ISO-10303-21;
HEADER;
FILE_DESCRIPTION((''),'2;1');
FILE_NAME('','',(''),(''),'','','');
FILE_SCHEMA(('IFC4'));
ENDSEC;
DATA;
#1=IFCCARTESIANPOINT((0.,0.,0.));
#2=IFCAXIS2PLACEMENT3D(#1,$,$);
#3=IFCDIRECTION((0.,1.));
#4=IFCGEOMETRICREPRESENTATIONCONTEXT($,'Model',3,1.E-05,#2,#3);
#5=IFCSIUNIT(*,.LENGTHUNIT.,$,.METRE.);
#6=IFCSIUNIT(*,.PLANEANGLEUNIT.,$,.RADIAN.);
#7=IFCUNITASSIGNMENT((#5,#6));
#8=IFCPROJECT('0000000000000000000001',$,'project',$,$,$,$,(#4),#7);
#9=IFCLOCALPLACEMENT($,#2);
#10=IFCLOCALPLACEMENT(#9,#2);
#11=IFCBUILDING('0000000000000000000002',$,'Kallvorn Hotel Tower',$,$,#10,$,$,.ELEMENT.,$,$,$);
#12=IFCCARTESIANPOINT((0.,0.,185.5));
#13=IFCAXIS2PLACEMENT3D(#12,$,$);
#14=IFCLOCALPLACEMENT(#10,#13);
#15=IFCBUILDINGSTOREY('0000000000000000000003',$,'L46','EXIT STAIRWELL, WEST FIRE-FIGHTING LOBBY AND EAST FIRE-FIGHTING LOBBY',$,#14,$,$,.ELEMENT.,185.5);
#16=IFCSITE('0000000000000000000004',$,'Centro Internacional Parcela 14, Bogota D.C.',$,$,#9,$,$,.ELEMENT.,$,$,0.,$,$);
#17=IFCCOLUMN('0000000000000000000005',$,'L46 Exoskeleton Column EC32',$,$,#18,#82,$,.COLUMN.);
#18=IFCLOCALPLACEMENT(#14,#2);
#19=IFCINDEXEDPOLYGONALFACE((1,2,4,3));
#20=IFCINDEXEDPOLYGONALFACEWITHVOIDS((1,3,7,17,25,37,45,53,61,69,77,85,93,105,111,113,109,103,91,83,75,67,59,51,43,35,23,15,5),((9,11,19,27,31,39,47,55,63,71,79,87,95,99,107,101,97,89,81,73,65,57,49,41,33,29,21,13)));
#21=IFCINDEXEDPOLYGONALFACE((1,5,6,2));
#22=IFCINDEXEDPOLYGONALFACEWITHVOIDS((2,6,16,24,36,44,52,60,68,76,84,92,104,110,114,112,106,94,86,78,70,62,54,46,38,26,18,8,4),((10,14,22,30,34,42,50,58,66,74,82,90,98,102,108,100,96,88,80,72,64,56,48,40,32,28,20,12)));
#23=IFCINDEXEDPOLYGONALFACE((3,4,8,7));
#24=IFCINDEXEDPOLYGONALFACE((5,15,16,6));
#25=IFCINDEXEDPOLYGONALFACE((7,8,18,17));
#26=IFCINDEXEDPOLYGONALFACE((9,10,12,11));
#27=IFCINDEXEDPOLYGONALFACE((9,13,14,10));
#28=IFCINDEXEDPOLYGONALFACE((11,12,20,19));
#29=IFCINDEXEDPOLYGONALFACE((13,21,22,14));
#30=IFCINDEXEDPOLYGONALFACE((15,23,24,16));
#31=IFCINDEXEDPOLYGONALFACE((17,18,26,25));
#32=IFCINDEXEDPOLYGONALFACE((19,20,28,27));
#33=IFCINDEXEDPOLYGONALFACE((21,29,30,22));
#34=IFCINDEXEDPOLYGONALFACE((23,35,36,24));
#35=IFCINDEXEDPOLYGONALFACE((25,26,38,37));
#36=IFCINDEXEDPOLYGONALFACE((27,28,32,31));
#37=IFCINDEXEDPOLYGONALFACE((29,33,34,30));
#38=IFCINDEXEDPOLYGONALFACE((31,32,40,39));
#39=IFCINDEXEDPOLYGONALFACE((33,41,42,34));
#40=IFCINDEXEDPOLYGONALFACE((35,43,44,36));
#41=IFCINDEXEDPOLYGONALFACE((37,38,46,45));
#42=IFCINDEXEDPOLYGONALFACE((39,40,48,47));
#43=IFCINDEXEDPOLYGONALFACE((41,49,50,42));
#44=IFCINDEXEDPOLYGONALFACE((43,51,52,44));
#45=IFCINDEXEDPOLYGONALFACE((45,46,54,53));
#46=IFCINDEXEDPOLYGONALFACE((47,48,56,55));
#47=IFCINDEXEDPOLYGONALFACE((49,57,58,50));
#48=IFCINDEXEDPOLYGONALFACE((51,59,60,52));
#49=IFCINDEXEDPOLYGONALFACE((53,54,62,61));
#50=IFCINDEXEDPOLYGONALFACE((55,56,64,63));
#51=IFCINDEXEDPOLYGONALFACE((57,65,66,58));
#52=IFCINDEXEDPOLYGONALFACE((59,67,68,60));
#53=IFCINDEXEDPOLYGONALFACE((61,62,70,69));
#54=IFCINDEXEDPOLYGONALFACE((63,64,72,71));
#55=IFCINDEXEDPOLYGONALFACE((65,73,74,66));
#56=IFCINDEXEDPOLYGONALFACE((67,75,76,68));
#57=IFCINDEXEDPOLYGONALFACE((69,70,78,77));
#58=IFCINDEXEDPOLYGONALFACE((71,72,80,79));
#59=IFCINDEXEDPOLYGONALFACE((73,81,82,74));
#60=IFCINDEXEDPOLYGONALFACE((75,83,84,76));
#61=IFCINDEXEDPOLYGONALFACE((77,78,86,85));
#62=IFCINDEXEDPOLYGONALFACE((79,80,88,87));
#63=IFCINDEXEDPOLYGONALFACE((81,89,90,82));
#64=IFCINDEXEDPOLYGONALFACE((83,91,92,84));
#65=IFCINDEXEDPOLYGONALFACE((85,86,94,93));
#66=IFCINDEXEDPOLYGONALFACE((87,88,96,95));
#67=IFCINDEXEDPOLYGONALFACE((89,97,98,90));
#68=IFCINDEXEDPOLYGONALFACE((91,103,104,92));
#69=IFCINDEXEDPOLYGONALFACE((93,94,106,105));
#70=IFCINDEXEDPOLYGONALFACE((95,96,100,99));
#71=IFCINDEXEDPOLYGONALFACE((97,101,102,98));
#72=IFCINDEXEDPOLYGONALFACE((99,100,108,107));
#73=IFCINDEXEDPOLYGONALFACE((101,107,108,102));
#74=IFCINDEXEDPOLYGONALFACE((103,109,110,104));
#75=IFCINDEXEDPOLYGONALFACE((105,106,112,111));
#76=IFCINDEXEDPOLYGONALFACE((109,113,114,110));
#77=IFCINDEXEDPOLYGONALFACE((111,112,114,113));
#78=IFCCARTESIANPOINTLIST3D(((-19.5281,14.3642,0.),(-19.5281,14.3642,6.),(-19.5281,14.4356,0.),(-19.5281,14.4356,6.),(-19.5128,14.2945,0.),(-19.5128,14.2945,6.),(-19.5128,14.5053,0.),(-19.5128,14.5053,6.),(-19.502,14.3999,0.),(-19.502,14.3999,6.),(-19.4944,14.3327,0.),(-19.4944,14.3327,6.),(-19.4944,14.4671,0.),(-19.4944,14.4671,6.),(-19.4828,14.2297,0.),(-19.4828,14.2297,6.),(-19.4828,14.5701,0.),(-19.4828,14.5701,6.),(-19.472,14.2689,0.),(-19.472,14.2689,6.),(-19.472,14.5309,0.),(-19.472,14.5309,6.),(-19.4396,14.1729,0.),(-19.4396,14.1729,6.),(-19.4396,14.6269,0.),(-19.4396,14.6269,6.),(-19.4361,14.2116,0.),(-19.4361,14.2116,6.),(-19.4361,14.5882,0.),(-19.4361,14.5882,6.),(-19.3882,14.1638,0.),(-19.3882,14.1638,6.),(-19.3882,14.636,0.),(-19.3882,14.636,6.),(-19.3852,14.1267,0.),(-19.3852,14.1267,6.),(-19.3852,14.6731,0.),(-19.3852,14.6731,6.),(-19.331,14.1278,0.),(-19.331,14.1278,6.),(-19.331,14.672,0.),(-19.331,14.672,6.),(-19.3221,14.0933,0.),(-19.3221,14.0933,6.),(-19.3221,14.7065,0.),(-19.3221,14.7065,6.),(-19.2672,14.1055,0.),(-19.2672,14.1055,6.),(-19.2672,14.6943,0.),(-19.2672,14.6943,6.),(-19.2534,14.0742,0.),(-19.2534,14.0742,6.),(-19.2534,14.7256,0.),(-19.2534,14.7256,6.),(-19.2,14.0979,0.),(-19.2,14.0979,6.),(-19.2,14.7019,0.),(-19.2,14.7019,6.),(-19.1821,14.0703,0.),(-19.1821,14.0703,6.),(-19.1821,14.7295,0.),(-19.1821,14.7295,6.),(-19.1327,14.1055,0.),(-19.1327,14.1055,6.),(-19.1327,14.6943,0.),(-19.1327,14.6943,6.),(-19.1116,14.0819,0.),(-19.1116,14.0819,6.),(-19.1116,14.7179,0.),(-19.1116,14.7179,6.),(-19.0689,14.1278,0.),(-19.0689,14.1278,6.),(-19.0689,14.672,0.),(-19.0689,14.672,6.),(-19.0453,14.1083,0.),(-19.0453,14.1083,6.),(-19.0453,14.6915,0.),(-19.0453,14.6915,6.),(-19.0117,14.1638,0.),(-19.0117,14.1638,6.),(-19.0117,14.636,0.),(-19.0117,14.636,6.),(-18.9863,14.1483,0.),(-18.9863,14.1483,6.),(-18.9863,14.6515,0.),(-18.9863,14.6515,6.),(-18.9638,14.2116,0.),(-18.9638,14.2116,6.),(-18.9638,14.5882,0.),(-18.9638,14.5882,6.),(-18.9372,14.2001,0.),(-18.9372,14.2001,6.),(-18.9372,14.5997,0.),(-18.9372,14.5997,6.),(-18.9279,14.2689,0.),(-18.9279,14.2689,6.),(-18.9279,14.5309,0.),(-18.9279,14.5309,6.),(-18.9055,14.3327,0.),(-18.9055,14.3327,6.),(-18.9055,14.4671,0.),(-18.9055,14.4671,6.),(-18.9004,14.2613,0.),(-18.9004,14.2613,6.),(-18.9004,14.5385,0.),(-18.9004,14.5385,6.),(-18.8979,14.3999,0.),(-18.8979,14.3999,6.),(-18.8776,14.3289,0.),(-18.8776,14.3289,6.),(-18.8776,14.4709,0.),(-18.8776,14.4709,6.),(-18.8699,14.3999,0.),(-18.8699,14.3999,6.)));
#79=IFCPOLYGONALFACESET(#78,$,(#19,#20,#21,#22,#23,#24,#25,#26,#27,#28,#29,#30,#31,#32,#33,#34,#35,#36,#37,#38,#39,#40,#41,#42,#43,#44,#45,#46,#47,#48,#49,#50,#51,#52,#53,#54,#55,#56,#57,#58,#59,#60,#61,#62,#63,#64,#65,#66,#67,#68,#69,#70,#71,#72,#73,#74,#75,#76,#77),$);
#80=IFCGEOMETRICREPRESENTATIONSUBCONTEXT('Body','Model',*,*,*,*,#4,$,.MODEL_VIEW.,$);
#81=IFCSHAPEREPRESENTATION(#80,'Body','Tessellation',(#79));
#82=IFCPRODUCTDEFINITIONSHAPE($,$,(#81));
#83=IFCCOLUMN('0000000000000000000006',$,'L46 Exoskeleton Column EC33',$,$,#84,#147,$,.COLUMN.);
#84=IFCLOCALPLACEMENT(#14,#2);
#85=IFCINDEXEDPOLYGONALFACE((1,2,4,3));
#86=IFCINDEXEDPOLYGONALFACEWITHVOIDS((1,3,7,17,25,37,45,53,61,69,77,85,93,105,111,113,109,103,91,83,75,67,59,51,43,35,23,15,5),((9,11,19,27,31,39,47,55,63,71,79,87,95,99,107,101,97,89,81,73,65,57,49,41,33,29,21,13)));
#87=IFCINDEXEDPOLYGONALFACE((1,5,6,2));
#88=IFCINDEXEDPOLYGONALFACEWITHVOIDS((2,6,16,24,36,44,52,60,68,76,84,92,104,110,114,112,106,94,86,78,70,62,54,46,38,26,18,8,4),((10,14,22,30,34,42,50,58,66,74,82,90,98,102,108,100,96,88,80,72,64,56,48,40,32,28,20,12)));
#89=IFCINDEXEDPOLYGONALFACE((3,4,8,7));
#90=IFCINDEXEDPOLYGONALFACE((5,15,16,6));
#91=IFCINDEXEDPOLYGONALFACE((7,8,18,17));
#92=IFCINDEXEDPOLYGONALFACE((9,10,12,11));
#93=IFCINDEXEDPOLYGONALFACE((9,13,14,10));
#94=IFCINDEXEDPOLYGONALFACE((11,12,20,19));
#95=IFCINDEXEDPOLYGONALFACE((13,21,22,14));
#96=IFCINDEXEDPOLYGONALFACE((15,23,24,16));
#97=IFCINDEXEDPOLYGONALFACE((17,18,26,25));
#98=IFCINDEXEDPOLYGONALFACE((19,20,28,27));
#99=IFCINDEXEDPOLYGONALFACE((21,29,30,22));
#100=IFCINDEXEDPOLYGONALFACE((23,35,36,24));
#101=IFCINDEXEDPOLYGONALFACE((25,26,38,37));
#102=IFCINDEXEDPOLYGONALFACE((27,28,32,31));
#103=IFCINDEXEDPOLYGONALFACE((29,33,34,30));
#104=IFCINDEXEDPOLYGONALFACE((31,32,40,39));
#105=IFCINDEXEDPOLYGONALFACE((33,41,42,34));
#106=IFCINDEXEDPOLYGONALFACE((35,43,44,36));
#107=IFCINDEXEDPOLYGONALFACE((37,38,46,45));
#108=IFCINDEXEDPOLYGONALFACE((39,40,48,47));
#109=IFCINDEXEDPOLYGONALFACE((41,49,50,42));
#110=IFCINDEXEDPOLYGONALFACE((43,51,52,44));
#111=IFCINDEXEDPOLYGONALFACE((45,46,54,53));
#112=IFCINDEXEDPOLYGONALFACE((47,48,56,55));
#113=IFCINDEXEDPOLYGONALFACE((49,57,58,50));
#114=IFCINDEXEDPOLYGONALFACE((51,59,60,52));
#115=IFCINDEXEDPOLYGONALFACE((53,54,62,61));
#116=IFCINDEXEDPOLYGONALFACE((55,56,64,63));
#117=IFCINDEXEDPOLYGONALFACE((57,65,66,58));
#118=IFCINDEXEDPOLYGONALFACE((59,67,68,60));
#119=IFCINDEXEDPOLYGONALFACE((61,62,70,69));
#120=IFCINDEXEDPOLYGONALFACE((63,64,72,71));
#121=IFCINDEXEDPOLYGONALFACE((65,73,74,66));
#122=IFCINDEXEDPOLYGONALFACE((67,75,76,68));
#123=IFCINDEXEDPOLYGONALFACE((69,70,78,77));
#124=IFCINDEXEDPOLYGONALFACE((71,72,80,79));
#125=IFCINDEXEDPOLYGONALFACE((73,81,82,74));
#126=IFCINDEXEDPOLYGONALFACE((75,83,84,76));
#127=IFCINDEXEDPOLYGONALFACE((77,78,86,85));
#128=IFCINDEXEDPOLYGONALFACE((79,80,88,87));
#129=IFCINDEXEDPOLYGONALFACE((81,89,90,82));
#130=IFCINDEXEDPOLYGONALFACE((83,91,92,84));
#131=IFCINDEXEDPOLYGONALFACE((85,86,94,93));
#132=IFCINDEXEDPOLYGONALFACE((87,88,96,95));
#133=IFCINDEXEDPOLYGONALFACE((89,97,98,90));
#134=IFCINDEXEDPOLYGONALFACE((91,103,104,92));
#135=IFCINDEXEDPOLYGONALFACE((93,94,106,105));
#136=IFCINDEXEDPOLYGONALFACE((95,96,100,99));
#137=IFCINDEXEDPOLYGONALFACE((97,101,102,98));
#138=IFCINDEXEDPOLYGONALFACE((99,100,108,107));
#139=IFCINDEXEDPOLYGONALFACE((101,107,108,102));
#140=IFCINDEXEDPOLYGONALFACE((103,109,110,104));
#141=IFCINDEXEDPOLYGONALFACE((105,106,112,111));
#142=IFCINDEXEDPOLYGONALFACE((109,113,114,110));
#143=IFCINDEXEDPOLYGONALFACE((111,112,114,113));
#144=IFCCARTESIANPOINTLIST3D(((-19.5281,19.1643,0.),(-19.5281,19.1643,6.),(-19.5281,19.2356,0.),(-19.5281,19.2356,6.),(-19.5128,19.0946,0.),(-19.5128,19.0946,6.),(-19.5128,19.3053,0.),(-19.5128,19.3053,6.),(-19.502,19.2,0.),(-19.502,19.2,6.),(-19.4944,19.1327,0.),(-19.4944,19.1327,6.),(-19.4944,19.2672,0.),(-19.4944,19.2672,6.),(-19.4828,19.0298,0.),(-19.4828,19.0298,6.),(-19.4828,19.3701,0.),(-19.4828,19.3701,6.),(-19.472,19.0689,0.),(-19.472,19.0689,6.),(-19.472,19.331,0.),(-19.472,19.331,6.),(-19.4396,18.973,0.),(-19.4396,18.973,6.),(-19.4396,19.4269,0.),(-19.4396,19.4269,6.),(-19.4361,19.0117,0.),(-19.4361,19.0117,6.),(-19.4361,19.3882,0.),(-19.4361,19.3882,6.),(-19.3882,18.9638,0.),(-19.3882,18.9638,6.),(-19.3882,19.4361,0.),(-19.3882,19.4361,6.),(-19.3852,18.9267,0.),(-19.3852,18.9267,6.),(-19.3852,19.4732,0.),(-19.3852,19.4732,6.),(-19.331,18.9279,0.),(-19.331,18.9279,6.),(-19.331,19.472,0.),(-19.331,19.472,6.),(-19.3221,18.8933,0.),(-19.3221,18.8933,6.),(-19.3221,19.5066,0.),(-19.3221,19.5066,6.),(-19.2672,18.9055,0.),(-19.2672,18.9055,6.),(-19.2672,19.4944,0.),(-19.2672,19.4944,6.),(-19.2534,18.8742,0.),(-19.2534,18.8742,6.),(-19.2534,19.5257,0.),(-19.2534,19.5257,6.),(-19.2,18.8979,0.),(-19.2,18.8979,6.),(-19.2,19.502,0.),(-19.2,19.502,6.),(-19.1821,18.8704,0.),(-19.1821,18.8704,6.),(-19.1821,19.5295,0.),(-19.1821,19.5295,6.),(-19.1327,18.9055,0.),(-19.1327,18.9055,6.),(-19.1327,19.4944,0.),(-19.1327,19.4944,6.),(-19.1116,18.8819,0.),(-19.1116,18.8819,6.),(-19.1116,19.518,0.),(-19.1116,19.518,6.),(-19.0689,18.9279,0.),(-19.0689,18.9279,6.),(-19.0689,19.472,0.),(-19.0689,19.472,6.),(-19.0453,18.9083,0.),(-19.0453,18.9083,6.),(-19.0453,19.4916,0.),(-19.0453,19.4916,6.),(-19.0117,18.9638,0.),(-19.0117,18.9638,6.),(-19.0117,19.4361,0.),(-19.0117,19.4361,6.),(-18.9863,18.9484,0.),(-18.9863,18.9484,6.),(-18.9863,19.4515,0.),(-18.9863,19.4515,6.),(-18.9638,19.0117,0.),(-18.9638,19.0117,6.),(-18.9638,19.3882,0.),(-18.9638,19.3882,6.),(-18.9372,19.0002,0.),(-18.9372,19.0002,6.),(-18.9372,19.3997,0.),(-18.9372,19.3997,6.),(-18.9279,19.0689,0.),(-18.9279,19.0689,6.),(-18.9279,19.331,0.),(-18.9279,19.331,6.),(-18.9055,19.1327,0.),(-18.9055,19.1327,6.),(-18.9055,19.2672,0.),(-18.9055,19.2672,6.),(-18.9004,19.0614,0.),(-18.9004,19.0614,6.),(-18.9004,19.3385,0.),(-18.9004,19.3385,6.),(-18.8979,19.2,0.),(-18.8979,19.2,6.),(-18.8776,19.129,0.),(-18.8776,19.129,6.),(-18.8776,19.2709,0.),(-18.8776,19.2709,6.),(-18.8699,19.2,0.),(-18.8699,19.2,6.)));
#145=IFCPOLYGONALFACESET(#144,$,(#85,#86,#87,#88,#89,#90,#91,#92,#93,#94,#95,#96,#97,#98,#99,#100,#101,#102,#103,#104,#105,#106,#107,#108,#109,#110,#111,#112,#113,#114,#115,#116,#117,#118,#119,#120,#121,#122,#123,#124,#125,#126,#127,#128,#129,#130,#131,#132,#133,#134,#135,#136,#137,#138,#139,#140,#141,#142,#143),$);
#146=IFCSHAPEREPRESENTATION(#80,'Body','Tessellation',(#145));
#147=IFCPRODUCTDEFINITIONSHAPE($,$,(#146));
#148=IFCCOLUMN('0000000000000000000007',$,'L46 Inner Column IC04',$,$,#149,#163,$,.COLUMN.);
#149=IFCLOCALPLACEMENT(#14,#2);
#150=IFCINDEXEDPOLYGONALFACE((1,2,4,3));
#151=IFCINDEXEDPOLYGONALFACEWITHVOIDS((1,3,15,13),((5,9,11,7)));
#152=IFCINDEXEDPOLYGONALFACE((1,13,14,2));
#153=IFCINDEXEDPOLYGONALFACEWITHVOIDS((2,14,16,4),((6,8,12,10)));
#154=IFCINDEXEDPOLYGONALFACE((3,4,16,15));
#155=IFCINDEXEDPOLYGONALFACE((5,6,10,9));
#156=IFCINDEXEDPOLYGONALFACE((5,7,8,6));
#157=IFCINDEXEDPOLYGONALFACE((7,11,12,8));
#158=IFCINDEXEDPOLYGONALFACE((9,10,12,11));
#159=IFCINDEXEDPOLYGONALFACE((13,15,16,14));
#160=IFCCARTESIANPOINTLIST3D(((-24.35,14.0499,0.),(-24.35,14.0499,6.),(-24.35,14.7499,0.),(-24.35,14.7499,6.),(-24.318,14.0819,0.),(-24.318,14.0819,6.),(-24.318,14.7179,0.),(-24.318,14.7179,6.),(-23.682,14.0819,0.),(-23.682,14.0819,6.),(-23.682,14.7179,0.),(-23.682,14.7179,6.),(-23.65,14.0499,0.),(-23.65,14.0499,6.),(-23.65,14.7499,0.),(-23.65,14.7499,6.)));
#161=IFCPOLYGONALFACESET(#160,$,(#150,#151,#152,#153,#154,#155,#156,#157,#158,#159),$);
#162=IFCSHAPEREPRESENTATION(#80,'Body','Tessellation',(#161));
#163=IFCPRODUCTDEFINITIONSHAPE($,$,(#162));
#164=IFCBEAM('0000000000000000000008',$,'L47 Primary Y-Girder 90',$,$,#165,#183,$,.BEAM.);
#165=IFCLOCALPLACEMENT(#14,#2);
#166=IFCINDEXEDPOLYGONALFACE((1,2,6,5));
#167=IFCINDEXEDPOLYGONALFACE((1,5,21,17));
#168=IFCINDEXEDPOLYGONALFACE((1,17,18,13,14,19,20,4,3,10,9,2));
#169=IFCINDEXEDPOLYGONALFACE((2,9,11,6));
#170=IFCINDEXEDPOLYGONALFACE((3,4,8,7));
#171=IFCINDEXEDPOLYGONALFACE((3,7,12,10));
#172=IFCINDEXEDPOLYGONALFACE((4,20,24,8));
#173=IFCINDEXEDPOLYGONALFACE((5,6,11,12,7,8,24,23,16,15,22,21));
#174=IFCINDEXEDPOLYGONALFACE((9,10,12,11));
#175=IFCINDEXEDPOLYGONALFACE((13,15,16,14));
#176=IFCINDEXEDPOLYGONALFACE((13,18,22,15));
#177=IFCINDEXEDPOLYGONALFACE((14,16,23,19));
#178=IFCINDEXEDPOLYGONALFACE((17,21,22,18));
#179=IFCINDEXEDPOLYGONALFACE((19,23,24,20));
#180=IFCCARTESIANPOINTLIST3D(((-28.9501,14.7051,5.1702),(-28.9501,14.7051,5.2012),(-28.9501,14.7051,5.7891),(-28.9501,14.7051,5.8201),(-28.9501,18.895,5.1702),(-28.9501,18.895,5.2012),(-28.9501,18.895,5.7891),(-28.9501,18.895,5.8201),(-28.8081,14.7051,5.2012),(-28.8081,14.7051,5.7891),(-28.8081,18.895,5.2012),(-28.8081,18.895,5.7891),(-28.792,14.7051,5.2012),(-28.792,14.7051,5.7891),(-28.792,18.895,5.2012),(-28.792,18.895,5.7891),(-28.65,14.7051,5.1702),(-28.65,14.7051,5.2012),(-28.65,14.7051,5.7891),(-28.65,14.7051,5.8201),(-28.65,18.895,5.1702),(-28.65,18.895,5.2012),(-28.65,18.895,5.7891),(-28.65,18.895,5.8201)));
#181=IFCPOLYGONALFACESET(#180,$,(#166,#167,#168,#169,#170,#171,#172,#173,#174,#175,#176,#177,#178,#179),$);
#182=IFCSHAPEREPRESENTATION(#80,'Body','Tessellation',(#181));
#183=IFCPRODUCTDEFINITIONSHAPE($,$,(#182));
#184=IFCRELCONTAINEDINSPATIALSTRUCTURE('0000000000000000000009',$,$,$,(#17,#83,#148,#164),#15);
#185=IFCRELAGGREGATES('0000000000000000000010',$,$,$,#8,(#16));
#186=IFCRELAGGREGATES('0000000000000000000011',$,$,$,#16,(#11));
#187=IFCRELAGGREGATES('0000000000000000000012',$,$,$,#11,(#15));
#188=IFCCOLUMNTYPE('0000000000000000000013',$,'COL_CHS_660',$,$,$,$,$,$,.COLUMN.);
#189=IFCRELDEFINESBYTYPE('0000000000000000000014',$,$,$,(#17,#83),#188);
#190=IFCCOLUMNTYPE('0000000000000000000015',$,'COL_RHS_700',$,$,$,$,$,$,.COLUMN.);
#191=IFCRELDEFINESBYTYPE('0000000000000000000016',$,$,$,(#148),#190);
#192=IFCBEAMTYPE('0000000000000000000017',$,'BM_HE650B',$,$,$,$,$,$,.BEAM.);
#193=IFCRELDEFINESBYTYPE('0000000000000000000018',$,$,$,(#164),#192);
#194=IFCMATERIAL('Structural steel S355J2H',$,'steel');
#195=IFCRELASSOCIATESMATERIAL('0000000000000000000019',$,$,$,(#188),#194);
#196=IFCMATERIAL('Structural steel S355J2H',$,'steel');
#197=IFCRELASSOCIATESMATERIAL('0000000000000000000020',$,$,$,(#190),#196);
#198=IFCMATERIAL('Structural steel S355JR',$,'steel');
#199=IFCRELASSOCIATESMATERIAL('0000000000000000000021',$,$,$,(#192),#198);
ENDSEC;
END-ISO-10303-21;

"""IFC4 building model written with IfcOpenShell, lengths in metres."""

from ifc_helpers import new_model, si_unit, direction, frame, origin, origin_2d, place, context, subcontext, project, spatial, hollow_rectangle, hollow_circle, i_section, extrude, material, material_profile, profile_set, type_object, element, save


model = new_model("IFC4")

# Units and contexts
model_context = context("Model", 3, precision=1e-05, world=origin(), true_north=direction((0.0, 1.0)))
body_context = subcontext(model_context, "Body", "Model", "MODEL_VIEW")
ifc_project = project(units=[si_unit("LENGTHUNIT", "METRE"), si_unit("PLANEANGLEUNIT", "RADIAN")], contexts=[model_context])

# Site, building, storey
site_placement = place(None, origin())
site = spatial("IfcSite", under=ifc_project, at=site_placement, Name="Centro Internacional Parcela 14, Bogota D.C.", CompositionType="ELEMENT", RefElevation=0.0)
building_placement = place(site_placement, origin())
building = spatial("IfcBuilding", under=site, at=building_placement, Name="Kallvorn Hotel Tower", CompositionType="ELEMENT")
storey_placement = place(building_placement, frame((0.0, 0.0, 185.5)))
storey = spatial("IfcBuildingStorey", under=building, at=storey_placement, Name="L46", Description="EXIT STAIRWELL, WEST FIRE-FIGHTING LOBBY AND EAST FIRE-FIGHTING LOBBY", CompositionType="ELEMENT", Elevation=185.5)

# Columns
ifc_material_1 = material(Name="Structural steel S355J2H", Category="steel")
ifc_material_profile_1 = material_profile(ifc_material_1, hollow_circle(Radius=0.3301, WallThickness=0.0281, at=origin_2d()), Name="CHS 660x28")
ifc_profile_set_1 = profile_set([ifc_material_profile_1], Name="Structural steel S355J2H")
column_type_1 = type_object("IfcColumnType", Name="COL_CHS_660", PredefinedType="COLUMN", material=ifc_profile_set_1)
for number, where, z_axis, x_axis, name in (
    (1, (-19.2, 14.3999, 0.0), (0.0, 0.0, 1.0), (1.0, 0.0, 0.0), "L46 Exoskeleton Column EC32"),
    (2, (-19.2, 19.2, 0.0), (0.0, 0.0, 1.0), (1.0, 0.0, 0.0), "L46 Exoskeleton Column EC33"),
):
    element("IfcColumn", number, at=place(storey_placement, frame(where, z_axis=z_axis, x_axis=x_axis)), inside=storey, type_object=column_type_1, Name=name, PredefinedType="COLUMN", context=body_context, shape_type="SweptSolid", body=[
        extrude(hollow_circle(Radius=0.3301, WallThickness=0.0281, at=origin_2d()), origin(), (0.0, 0.0, 1.0), 6.0),
    ])
ifc_material_2 = material(Name="Structural steel S355J2H", Category="steel")
ifc_material_profile_2 = material_profile(ifc_material_2, hollow_rectangle(XDim=0.7, YDim=0.7, WallThickness=0.032, at=origin_2d()), Name="RHS 700x700x32")
ifc_profile_set_2 = profile_set([ifc_material_profile_2], Name="Structural steel S355J2H")
column_type_2 = type_object("IfcColumnType", Name="COL_RHS_700", PredefinedType="COLUMN", material=ifc_profile_set_2)
column_1_placement = place(storey_placement, frame((-24.0, 14.3999, 0.0), z_axis=(0.0, 0.0, 1.0), x_axis=(1.0, 0.0, 0.0)))
element("IfcColumn", 3, at=column_1_placement, inside=storey, type_object=column_type_2, Name="L46 Inner Column IC04", PredefinedType="COLUMN", context=body_context, shape_type="SweptSolid", body=[
    extrude(hollow_rectangle(XDim=0.7, YDim=0.7, WallThickness=0.032, at=origin_2d()), origin(), (0.0, 0.0, 1.0), 6.0),
])

# Beam
ifc_material_3 = material(Name="Structural steel S355JR", Category="steel")
ifc_material_profile_3 = material_profile(ifc_material_3, i_section(OverallWidth=0.3, OverallDepth=0.6499, WebThickness=0.0161, FlangeThickness=0.031, at=origin_2d()), Name="HE 650 B")
ifc_profile_set_3 = profile_set([ifc_material_profile_3], Name="Structural steel S355JR")
beam_type_1 = type_object("IfcBeamType", Name="BM_HE650B", PredefinedType="BEAM", material=ifc_profile_set_3)
beam_1_placement = place(storey_placement, frame((-28.8, 14.7051, 5.4951), z_axis=(0.0, 1.0, 0.0), x_axis=(-1.0, 0.0, 0.0)))
element("IfcBeam", 4, at=beam_1_placement, inside=storey, type_object=beam_type_1, Name="L47 Primary Y-Girder 90", PredefinedType="BEAM", context=body_context, shape_type="SweptSolid", body=[
    extrude(i_section(OverallWidth=0.3, OverallDepth=0.6499, WebThickness=0.0161, FlangeThickness=0.031, at=origin_2d()), origin(), (0.0, 0.0, 1.0), 4.1899),
])

save(model, "model.ifc")
